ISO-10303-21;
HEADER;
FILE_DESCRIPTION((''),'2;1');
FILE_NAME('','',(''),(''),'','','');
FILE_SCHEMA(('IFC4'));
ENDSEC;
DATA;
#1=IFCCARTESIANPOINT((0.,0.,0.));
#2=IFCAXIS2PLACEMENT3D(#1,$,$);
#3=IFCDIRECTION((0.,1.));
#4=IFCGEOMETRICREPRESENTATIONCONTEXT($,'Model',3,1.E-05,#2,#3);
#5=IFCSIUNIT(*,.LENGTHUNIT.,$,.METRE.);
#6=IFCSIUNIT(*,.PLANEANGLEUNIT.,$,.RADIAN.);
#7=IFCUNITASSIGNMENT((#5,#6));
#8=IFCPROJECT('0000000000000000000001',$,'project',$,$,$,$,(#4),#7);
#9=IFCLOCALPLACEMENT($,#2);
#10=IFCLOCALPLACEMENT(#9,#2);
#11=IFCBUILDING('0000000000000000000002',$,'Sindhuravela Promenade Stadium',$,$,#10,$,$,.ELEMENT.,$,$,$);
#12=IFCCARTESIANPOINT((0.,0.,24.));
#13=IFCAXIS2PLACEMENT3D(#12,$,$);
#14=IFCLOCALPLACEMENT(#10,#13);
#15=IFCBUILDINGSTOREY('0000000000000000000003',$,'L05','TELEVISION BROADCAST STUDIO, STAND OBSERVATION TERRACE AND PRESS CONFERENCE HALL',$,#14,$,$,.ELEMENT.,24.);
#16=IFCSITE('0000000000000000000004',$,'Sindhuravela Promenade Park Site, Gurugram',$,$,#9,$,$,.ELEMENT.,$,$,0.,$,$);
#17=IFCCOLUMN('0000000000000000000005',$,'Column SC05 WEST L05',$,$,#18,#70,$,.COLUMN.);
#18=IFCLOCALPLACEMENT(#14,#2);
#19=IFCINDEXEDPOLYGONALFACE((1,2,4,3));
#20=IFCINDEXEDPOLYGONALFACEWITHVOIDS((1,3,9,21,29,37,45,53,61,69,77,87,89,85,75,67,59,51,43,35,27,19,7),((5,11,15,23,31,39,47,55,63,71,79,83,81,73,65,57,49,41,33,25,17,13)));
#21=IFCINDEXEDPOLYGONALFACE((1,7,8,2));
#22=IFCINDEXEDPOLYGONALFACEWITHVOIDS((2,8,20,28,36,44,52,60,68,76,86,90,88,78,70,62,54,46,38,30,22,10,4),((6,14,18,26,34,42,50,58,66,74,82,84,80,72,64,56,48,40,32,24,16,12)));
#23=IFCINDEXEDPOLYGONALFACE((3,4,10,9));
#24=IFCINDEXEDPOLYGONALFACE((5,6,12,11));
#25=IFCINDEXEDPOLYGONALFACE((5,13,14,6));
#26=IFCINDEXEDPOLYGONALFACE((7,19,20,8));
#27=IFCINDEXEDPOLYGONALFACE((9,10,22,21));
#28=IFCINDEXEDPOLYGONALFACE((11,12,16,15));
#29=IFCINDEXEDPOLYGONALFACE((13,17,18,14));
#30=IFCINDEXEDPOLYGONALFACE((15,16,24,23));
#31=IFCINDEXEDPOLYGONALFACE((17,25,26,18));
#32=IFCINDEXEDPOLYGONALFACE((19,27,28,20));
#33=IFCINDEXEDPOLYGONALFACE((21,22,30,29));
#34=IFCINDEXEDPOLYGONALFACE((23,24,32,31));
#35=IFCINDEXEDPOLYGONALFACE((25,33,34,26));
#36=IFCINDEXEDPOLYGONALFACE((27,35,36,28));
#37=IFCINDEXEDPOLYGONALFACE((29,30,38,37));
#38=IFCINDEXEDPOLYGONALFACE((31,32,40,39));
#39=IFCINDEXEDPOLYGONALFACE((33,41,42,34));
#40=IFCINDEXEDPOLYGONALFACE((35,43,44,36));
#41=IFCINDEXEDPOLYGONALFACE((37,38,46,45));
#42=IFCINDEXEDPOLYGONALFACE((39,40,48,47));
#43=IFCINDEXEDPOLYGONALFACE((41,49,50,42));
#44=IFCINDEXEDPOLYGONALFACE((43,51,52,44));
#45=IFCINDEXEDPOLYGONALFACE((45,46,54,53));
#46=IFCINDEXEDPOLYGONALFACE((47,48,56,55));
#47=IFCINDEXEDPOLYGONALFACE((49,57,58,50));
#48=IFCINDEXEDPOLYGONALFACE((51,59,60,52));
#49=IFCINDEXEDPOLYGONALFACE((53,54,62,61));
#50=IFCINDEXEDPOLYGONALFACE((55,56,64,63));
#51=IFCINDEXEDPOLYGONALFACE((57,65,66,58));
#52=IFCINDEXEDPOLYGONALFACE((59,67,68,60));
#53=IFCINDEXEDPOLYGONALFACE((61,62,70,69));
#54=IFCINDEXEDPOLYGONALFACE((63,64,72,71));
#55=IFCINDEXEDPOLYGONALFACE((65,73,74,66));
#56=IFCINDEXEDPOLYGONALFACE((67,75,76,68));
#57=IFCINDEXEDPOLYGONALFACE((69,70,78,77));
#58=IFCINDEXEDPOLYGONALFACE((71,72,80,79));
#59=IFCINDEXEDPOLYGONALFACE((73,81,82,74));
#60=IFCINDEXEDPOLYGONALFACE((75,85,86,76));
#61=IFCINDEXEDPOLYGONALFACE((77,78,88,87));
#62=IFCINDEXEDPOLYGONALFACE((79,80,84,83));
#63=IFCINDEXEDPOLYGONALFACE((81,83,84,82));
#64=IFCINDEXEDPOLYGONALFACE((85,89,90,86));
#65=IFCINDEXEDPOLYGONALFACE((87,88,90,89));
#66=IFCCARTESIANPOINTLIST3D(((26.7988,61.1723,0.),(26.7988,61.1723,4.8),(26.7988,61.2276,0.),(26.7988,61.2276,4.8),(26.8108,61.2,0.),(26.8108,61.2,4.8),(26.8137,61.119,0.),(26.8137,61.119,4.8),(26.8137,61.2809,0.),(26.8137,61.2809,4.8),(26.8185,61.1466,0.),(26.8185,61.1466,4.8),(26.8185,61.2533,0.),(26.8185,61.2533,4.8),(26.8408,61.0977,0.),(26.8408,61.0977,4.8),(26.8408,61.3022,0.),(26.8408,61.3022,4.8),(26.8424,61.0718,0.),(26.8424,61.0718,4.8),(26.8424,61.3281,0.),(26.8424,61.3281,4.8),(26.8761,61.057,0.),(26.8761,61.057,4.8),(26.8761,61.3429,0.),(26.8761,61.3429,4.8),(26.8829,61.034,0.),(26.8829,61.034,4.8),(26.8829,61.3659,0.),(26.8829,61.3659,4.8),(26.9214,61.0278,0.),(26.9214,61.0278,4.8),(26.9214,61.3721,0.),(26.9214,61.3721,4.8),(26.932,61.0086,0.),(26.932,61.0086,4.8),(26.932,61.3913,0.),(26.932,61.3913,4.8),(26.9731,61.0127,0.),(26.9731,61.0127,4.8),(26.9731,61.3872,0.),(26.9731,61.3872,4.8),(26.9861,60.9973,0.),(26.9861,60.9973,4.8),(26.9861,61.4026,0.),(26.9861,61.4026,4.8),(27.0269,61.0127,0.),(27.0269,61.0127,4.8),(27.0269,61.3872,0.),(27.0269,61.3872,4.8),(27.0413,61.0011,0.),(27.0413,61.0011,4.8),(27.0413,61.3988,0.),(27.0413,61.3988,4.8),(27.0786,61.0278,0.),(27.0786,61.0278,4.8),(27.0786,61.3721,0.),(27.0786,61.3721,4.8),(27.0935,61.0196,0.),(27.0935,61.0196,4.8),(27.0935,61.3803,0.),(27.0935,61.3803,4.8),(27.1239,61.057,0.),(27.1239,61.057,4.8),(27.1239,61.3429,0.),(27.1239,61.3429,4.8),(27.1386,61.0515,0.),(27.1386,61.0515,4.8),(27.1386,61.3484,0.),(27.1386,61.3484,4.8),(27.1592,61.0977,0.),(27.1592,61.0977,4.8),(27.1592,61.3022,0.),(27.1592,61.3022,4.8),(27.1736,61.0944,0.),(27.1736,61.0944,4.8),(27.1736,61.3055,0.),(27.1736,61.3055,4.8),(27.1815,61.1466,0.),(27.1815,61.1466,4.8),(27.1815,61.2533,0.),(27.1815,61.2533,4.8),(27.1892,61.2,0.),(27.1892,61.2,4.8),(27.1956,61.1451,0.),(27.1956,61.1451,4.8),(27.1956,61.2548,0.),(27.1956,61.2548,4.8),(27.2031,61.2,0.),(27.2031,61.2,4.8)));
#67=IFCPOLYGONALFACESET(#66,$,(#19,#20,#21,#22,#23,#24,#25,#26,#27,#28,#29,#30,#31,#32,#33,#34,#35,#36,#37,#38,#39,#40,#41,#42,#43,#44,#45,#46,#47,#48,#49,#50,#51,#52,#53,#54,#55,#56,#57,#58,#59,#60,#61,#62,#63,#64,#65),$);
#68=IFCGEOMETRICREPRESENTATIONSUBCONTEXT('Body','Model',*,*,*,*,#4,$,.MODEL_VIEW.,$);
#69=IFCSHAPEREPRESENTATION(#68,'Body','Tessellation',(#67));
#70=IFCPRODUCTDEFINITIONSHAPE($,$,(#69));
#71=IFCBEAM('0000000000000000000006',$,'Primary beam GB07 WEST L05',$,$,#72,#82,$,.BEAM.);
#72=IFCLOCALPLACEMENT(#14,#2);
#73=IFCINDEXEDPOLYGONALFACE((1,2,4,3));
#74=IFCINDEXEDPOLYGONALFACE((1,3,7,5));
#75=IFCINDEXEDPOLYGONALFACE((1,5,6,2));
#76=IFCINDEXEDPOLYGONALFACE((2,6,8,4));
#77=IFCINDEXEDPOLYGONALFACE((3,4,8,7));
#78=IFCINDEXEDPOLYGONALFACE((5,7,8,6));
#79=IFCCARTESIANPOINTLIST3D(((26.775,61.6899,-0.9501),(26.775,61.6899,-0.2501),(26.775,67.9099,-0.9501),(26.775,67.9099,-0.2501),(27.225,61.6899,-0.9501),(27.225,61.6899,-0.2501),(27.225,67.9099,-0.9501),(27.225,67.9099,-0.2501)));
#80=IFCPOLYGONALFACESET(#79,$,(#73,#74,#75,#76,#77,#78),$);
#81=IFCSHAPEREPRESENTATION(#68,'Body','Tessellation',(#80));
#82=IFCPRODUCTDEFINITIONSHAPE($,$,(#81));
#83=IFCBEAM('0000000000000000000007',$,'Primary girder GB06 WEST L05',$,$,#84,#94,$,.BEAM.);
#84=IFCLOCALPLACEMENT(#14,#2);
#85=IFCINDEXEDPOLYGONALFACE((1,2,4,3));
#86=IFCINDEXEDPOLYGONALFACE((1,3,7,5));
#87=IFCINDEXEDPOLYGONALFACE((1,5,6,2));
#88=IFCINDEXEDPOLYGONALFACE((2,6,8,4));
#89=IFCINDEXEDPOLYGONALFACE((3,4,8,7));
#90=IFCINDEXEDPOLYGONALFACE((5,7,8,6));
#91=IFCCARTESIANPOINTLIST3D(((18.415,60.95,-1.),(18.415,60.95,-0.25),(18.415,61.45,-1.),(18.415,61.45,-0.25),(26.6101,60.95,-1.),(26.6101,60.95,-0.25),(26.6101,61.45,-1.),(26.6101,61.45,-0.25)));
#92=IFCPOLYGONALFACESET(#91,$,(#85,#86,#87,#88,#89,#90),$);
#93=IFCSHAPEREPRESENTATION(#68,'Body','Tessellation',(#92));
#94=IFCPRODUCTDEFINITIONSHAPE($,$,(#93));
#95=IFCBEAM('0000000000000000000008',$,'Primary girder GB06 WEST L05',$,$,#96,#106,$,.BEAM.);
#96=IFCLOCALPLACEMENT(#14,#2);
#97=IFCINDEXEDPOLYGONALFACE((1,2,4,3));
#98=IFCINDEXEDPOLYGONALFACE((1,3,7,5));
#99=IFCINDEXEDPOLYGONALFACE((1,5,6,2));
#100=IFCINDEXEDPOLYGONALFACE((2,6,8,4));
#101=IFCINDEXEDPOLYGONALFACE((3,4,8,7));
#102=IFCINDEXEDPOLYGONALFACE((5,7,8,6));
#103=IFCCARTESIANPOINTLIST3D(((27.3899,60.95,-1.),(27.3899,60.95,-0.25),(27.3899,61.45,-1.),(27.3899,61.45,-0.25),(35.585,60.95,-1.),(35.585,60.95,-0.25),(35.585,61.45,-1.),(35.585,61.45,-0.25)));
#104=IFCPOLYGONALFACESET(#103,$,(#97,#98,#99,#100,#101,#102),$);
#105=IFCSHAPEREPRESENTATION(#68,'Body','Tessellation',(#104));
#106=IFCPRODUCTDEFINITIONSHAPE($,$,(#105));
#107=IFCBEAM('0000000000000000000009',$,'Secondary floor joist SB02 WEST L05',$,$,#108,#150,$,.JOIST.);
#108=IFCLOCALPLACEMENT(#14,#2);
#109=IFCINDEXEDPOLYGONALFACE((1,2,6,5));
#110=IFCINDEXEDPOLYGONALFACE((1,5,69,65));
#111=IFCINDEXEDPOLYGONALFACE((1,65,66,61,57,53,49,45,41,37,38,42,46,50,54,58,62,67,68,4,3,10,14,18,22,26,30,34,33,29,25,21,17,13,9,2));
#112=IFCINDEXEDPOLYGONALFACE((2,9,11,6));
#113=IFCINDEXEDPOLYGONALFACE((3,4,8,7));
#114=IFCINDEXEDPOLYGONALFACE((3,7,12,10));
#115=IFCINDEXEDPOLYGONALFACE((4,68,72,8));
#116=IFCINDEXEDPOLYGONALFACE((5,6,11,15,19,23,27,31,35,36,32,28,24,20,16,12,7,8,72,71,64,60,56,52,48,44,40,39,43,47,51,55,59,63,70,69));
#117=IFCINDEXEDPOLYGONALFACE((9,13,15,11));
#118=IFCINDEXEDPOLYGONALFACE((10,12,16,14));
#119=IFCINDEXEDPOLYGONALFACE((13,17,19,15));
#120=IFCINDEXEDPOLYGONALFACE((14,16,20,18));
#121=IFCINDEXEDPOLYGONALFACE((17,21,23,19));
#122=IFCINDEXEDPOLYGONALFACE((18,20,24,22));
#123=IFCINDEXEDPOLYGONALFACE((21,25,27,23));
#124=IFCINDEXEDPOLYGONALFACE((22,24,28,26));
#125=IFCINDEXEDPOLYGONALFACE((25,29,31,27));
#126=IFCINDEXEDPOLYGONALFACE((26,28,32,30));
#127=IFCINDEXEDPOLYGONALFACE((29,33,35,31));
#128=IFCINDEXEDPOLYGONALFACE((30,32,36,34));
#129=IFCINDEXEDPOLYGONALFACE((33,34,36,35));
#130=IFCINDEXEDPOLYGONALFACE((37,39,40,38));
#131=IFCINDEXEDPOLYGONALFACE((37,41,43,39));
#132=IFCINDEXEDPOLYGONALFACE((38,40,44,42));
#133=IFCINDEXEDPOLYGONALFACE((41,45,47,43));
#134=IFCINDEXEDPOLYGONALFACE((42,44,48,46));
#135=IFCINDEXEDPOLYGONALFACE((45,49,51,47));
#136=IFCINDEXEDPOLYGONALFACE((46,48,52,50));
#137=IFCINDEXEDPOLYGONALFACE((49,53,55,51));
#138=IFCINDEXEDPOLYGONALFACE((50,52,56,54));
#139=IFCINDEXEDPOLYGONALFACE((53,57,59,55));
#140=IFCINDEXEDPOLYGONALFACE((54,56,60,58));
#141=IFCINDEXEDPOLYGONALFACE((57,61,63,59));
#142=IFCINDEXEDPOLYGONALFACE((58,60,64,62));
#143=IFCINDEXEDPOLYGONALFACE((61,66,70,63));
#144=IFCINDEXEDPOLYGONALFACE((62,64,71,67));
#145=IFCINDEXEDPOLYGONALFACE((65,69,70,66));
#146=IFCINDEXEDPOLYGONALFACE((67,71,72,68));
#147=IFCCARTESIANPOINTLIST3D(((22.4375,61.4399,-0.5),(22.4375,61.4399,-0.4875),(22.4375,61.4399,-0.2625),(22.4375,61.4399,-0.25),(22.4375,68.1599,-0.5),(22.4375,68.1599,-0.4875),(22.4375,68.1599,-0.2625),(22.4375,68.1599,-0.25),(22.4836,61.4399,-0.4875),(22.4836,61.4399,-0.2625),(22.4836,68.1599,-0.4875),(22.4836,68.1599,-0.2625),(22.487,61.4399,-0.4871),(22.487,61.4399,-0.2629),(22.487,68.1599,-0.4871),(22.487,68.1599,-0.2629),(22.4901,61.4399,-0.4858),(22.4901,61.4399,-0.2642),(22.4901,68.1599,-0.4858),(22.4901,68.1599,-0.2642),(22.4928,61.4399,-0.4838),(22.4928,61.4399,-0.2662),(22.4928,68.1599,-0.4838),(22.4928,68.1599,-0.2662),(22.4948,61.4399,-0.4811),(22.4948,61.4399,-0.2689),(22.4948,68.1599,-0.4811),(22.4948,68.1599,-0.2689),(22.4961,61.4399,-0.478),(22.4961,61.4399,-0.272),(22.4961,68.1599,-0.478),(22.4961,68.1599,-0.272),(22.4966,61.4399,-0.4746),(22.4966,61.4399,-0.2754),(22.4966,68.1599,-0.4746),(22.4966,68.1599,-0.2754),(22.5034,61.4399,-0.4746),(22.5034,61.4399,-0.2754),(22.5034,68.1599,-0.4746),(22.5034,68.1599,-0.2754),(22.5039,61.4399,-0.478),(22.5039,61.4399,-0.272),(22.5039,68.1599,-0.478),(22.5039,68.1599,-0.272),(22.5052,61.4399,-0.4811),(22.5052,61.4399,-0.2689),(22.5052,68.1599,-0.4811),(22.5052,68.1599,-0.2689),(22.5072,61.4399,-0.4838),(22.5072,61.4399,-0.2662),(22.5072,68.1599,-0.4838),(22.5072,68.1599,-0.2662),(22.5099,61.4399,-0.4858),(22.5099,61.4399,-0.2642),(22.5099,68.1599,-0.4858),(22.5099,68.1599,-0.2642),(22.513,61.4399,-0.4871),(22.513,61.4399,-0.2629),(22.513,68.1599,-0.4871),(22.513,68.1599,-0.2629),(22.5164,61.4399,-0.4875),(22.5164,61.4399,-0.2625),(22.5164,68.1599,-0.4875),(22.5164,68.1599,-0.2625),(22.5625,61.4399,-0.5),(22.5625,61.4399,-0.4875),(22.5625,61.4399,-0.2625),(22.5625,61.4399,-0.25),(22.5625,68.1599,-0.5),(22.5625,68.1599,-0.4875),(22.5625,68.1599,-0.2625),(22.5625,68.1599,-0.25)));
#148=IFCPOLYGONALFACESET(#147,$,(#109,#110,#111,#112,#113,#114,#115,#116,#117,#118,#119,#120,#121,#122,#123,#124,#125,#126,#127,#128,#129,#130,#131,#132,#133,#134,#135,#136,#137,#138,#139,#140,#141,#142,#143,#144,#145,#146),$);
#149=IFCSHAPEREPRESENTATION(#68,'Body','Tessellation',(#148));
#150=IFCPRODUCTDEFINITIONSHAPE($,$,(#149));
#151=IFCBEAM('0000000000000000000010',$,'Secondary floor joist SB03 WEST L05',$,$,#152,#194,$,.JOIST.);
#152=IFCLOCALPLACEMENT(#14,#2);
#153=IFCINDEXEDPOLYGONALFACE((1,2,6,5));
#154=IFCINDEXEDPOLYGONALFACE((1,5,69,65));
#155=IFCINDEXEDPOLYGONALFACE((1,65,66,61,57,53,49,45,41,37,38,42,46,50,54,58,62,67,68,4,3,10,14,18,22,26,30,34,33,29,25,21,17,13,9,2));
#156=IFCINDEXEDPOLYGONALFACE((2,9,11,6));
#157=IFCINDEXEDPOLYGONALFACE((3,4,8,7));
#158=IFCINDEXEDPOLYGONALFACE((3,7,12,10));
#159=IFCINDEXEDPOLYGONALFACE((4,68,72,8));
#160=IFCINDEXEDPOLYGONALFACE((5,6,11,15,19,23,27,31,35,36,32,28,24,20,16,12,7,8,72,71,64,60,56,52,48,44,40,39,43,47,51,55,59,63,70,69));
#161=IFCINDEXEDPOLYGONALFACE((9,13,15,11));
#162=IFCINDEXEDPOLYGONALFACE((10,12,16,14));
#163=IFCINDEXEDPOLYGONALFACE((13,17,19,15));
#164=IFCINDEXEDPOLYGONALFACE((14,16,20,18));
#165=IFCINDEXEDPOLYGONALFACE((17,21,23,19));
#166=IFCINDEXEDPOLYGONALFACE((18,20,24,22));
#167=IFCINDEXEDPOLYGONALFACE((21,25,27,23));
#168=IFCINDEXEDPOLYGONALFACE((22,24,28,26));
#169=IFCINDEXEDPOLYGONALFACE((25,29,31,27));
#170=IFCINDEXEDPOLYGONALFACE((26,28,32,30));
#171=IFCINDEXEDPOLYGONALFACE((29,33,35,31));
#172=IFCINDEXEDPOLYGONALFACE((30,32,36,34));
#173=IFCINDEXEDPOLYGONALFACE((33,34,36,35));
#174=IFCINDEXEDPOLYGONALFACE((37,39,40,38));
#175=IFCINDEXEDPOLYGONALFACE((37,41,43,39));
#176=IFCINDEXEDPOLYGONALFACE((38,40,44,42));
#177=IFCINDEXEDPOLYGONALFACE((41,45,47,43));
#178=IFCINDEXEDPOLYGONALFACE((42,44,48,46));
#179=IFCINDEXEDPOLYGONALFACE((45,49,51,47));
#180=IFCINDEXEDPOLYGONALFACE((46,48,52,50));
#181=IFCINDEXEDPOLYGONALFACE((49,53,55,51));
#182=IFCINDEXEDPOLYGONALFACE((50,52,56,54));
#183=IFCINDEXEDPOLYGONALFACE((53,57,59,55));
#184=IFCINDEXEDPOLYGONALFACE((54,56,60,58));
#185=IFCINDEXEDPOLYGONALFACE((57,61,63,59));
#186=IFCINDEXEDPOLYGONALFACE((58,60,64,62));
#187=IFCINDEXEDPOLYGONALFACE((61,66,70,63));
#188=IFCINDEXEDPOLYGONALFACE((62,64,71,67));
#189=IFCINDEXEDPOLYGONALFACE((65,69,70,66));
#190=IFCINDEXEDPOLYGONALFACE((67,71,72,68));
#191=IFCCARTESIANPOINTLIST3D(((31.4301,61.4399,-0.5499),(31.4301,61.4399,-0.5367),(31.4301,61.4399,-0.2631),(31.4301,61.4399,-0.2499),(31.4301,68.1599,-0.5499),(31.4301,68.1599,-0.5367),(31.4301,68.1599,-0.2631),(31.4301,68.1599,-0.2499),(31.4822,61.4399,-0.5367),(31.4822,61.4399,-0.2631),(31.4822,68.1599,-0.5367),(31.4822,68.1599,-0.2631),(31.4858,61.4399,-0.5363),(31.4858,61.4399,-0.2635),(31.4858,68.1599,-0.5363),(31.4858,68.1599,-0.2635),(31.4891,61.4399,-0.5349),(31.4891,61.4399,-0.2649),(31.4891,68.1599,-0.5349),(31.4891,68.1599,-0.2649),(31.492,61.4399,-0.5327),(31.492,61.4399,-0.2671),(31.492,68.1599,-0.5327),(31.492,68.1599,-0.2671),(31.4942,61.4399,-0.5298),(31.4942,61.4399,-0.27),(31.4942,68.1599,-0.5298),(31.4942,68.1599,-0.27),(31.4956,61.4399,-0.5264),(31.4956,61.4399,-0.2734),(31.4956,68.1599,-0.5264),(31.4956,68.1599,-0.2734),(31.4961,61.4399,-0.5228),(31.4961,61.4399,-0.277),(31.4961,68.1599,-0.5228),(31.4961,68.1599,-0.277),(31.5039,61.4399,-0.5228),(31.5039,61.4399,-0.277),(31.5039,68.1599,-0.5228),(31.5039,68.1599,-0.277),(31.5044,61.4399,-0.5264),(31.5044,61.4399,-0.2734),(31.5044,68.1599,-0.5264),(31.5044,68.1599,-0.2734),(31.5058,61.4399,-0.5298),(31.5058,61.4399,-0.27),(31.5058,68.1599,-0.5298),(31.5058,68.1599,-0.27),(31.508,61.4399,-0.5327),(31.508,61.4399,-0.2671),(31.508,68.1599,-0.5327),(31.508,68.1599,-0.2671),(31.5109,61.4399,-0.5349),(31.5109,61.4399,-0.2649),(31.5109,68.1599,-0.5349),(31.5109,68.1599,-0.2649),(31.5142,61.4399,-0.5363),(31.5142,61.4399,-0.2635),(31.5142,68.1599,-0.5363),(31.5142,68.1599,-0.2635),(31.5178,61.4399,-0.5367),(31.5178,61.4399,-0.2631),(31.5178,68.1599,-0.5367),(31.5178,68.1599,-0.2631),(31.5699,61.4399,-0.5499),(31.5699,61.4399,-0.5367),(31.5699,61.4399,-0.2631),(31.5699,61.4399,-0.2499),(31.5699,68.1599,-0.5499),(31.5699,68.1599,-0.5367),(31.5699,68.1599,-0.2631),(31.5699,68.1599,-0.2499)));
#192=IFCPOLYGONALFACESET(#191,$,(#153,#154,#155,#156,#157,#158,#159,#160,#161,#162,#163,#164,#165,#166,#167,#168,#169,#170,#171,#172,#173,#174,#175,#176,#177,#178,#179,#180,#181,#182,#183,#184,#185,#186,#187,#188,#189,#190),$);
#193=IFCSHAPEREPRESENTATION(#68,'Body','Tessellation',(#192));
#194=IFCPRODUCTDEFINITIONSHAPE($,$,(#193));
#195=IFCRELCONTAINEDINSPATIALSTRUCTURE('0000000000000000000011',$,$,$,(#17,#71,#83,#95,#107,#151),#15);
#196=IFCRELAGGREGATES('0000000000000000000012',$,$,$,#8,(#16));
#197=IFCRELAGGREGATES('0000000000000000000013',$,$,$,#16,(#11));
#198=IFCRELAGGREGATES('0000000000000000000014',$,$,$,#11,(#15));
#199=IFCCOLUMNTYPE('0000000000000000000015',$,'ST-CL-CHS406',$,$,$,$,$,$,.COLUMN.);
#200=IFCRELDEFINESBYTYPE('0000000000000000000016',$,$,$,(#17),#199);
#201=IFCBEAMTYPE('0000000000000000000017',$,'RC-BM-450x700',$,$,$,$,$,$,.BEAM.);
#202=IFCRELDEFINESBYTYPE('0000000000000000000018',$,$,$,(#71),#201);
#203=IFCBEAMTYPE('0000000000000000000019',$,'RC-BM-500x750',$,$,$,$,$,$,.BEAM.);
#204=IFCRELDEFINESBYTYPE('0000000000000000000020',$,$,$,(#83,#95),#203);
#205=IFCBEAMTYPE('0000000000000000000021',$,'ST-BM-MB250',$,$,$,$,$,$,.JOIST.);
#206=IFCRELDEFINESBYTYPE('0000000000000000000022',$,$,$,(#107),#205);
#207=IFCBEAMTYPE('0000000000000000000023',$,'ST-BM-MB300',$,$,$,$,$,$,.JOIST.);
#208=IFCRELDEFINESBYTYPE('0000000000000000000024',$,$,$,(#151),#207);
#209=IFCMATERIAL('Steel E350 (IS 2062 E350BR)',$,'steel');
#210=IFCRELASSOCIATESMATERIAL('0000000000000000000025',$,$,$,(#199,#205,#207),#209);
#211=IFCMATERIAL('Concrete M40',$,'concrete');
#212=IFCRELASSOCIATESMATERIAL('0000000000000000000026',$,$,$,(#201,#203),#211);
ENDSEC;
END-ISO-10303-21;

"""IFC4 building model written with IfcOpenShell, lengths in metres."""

from ifc_helpers import new_model, si_unit, direction, frame, origin, origin_2d, place, context, subcontext, project, spatial, rectangle, hollow_circle, i_section, extrude, material, material_profile, profile_set, type_object, element, save


model = new_model("IFC4")

# Units and contexts
model_context = context("Model", 3, precision=1e-05, world=origin(), true_north=direction((0.0, 1.0)))
body_context = subcontext(model_context, "Body", "Model", "MODEL_VIEW")
ifc_project = project(units=[si_unit("LENGTHUNIT", "METRE"), si_unit("PLANEANGLEUNIT", "RADIAN")], contexts=[model_context])

# Site, building, storey
site_placement = place(None, origin())
site = spatial("IfcSite", under=ifc_project, at=site_placement, Name="Sindhuravela Promenade Park Site, Gurugram", CompositionType="ELEMENT", RefElevation=0.0)
building_placement = place(site_placement, origin())
building = spatial("IfcBuilding", under=site, at=building_placement, Name="Sindhuravela Promenade Stadium", CompositionType="ELEMENT")
storey_placement = place(building_placement, frame((0.0, 0.0, 24.0)))
storey = spatial("IfcBuildingStorey", under=building, at=storey_placement, Name="L05", Description="TELEVISION BROADCAST STUDIO, STAND OBSERVATION TERRACE AND PRESS CONFERENCE HALL", CompositionType="ELEMENT", Elevation=24.0)

# Column
ifc_material_1 = material(Name="Steel E350 (IS 2062 E350BR)", Category="steel")
ifc_material_profile_1 = material_profile(ifc_material_1, hollow_circle(Radius=0.2031, WallThickness=0.0139, at=origin_2d()), Name="CHS 406.4x14")
ifc_profile_set_1 = profile_set([ifc_material_profile_1], Name="Steel E350 (IS 2062 E350BR)")
column_type = type_object("IfcColumnType", Name="ST-CL-CHS406", PredefinedType="COLUMN", material=ifc_profile_set_1)
column_placement = place(storey_placement, frame((27.0, 61.2, 0.0), z_axis=(0.0, 0.0, 1.0), x_axis=(1.0, 0.0, 0.0)))
element("IfcColumn", 1, at=column_placement, inside=storey, type_object=column_type, Name="Column SC05 WEST L05", PredefinedType="COLUMN", context=body_context, shape_type="SweptSolid", body=[
    extrude(hollow_circle(Radius=0.2031, WallThickness=0.0139, at=origin_2d()), origin(), (0.0, 0.0, 1.0), 4.8),
])

# Beams
ifc_material_2 = material(Name="Concrete M40", Category="concrete")
ifc_material_profile_2 = material_profile(ifc_material_2, rectangle(XDim=0.45, YDim=0.7, at=origin_2d()), Name="RC 450x700")
ifc_profile_set_2 = profile_set([ifc_material_profile_2], Name="Concrete M40")
beam_type_1 = type_object("IfcBeamType", Name="RC-BM-450x700", PredefinedType="BEAM", material=ifc_profile_set_2)
beam_1_placement = place(storey_placement, frame((27.0, 61.6899, -0.6001), z_axis=(0.0, 1.0, 0.0), x_axis=(-1.0, 0.0, 0.0)))
element("IfcBeam", 2, at=beam_1_placement, inside=storey, type_object=beam_type_1, Name="Primary beam GB07 WEST L05", PredefinedType="BEAM", context=body_context, shape_type="SweptSolid", body=[
    extrude(rectangle(XDim=0.45, YDim=0.7, at=origin_2d()), origin(), (0.0, 0.0, 1.0), 6.22),
])
ifc_material_profile_3 = material_profile(ifc_material_2, rectangle(XDim=0.5, YDim=0.75, at=origin_2d()), Name="RC 500x750")
ifc_profile_set_3 = profile_set([ifc_material_profile_3], Name="Concrete M40")
beam_type_2 = type_object("IfcBeamType", Name="RC-BM-500x750", PredefinedType="BEAM", material=ifc_profile_set_3)
for number, where, z_axis, x_axis, name in (
    (3, (18.415, 61.2, -0.625), (1.0, 0.0, 0.0), (0.0, 1.0, 0.0), "Primary girder GB06 WEST L05"),
    (4, (27.3899, 61.2, -0.625), (1.0, 0.0, 0.0), (0.0, 1.0, 0.0), "Primary girder GB06 WEST L05"),
):
    element("IfcBeam", number, at=place(storey_placement, frame(where, z_axis=z_axis, x_axis=x_axis)), inside=storey, type_object=beam_type_2, Name=name, PredefinedType="BEAM", context=body_context, shape_type="SweptSolid", body=[
        extrude(rectangle(XDim=0.5, YDim=0.75, at=origin_2d()), origin(), (0.0, 0.0, 1.0), 8.1951),
    ])
ifc_material_profile_4 = material_profile(ifc_material_1, i_section(OverallWidth=0.125, OverallDepth=0.25, WebThickness=0.0068, FlangeThickness=0.0125, FilletRadius=0.0129, at=origin_2d()), Name="ISMB 250")
ifc_profile_set_4 = profile_set([ifc_material_profile_4], Name="Steel E350 (IS 2062 E350BR)")
beam_type_3 = type_object("IfcBeamType", Name="ST-BM-MB250", PredefinedType="JOIST", material=ifc_profile_set_4)
beam_2_placement = place(storey_placement, frame((22.5, 61.4399, -0.375), z_axis=(0.0, 1.0, 0.0), x_axis=(-1.0, 0.0, 0.0)))
element("IfcBeam", 5, at=beam_2_placement, inside=storey, type_object=beam_type_3, Name="Secondary floor joist SB02 WEST L05", PredefinedType="JOIST", context=body_context, shape_type="SweptSolid", body=[
    extrude(i_section(OverallWidth=0.125, OverallDepth=0.25, WebThickness=0.0068, FlangeThickness=0.0125, FilletRadius=0.0129, at=origin_2d()), origin(), (0.0, 0.0, 1.0), 6.72),
])
ifc_material_profile_5 = material_profile(ifc_material_1, i_section(OverallWidth=0.1399, OverallDepth=0.3, WebThickness=0.0078, FlangeThickness=0.0132, FilletRadius=0.0139, at=origin_2d()), Name="ISMB 300")
ifc_profile_set_5 = profile_set([ifc_material_profile_5], Name="Steel E350 (IS 2062 E350BR)")
beam_type_4 = type_object("IfcBeamType", Name="ST-BM-MB300", PredefinedType="JOIST", material=ifc_profile_set_5)
beam_3_placement = place(storey_placement, frame((31.5, 61.4399, -0.3999), z_axis=(0.0, 1.0, 0.0), x_axis=(-1.0, 0.0, 0.0)))
element("IfcBeam", 6, at=beam_3_placement, inside=storey, type_object=beam_type_4, Name="Secondary floor joist SB03 WEST L05", PredefinedType="JOIST", context=body_context, shape_type="SweptSolid", body=[
    extrude(i_section(OverallWidth=0.1399, OverallDepth=0.3, WebThickness=0.0078, FlangeThickness=0.0132, FilletRadius=0.0139, at=origin_2d()), origin(), (0.0, 0.0, 1.0), 6.72),
])

save(model, "model.ifc")
